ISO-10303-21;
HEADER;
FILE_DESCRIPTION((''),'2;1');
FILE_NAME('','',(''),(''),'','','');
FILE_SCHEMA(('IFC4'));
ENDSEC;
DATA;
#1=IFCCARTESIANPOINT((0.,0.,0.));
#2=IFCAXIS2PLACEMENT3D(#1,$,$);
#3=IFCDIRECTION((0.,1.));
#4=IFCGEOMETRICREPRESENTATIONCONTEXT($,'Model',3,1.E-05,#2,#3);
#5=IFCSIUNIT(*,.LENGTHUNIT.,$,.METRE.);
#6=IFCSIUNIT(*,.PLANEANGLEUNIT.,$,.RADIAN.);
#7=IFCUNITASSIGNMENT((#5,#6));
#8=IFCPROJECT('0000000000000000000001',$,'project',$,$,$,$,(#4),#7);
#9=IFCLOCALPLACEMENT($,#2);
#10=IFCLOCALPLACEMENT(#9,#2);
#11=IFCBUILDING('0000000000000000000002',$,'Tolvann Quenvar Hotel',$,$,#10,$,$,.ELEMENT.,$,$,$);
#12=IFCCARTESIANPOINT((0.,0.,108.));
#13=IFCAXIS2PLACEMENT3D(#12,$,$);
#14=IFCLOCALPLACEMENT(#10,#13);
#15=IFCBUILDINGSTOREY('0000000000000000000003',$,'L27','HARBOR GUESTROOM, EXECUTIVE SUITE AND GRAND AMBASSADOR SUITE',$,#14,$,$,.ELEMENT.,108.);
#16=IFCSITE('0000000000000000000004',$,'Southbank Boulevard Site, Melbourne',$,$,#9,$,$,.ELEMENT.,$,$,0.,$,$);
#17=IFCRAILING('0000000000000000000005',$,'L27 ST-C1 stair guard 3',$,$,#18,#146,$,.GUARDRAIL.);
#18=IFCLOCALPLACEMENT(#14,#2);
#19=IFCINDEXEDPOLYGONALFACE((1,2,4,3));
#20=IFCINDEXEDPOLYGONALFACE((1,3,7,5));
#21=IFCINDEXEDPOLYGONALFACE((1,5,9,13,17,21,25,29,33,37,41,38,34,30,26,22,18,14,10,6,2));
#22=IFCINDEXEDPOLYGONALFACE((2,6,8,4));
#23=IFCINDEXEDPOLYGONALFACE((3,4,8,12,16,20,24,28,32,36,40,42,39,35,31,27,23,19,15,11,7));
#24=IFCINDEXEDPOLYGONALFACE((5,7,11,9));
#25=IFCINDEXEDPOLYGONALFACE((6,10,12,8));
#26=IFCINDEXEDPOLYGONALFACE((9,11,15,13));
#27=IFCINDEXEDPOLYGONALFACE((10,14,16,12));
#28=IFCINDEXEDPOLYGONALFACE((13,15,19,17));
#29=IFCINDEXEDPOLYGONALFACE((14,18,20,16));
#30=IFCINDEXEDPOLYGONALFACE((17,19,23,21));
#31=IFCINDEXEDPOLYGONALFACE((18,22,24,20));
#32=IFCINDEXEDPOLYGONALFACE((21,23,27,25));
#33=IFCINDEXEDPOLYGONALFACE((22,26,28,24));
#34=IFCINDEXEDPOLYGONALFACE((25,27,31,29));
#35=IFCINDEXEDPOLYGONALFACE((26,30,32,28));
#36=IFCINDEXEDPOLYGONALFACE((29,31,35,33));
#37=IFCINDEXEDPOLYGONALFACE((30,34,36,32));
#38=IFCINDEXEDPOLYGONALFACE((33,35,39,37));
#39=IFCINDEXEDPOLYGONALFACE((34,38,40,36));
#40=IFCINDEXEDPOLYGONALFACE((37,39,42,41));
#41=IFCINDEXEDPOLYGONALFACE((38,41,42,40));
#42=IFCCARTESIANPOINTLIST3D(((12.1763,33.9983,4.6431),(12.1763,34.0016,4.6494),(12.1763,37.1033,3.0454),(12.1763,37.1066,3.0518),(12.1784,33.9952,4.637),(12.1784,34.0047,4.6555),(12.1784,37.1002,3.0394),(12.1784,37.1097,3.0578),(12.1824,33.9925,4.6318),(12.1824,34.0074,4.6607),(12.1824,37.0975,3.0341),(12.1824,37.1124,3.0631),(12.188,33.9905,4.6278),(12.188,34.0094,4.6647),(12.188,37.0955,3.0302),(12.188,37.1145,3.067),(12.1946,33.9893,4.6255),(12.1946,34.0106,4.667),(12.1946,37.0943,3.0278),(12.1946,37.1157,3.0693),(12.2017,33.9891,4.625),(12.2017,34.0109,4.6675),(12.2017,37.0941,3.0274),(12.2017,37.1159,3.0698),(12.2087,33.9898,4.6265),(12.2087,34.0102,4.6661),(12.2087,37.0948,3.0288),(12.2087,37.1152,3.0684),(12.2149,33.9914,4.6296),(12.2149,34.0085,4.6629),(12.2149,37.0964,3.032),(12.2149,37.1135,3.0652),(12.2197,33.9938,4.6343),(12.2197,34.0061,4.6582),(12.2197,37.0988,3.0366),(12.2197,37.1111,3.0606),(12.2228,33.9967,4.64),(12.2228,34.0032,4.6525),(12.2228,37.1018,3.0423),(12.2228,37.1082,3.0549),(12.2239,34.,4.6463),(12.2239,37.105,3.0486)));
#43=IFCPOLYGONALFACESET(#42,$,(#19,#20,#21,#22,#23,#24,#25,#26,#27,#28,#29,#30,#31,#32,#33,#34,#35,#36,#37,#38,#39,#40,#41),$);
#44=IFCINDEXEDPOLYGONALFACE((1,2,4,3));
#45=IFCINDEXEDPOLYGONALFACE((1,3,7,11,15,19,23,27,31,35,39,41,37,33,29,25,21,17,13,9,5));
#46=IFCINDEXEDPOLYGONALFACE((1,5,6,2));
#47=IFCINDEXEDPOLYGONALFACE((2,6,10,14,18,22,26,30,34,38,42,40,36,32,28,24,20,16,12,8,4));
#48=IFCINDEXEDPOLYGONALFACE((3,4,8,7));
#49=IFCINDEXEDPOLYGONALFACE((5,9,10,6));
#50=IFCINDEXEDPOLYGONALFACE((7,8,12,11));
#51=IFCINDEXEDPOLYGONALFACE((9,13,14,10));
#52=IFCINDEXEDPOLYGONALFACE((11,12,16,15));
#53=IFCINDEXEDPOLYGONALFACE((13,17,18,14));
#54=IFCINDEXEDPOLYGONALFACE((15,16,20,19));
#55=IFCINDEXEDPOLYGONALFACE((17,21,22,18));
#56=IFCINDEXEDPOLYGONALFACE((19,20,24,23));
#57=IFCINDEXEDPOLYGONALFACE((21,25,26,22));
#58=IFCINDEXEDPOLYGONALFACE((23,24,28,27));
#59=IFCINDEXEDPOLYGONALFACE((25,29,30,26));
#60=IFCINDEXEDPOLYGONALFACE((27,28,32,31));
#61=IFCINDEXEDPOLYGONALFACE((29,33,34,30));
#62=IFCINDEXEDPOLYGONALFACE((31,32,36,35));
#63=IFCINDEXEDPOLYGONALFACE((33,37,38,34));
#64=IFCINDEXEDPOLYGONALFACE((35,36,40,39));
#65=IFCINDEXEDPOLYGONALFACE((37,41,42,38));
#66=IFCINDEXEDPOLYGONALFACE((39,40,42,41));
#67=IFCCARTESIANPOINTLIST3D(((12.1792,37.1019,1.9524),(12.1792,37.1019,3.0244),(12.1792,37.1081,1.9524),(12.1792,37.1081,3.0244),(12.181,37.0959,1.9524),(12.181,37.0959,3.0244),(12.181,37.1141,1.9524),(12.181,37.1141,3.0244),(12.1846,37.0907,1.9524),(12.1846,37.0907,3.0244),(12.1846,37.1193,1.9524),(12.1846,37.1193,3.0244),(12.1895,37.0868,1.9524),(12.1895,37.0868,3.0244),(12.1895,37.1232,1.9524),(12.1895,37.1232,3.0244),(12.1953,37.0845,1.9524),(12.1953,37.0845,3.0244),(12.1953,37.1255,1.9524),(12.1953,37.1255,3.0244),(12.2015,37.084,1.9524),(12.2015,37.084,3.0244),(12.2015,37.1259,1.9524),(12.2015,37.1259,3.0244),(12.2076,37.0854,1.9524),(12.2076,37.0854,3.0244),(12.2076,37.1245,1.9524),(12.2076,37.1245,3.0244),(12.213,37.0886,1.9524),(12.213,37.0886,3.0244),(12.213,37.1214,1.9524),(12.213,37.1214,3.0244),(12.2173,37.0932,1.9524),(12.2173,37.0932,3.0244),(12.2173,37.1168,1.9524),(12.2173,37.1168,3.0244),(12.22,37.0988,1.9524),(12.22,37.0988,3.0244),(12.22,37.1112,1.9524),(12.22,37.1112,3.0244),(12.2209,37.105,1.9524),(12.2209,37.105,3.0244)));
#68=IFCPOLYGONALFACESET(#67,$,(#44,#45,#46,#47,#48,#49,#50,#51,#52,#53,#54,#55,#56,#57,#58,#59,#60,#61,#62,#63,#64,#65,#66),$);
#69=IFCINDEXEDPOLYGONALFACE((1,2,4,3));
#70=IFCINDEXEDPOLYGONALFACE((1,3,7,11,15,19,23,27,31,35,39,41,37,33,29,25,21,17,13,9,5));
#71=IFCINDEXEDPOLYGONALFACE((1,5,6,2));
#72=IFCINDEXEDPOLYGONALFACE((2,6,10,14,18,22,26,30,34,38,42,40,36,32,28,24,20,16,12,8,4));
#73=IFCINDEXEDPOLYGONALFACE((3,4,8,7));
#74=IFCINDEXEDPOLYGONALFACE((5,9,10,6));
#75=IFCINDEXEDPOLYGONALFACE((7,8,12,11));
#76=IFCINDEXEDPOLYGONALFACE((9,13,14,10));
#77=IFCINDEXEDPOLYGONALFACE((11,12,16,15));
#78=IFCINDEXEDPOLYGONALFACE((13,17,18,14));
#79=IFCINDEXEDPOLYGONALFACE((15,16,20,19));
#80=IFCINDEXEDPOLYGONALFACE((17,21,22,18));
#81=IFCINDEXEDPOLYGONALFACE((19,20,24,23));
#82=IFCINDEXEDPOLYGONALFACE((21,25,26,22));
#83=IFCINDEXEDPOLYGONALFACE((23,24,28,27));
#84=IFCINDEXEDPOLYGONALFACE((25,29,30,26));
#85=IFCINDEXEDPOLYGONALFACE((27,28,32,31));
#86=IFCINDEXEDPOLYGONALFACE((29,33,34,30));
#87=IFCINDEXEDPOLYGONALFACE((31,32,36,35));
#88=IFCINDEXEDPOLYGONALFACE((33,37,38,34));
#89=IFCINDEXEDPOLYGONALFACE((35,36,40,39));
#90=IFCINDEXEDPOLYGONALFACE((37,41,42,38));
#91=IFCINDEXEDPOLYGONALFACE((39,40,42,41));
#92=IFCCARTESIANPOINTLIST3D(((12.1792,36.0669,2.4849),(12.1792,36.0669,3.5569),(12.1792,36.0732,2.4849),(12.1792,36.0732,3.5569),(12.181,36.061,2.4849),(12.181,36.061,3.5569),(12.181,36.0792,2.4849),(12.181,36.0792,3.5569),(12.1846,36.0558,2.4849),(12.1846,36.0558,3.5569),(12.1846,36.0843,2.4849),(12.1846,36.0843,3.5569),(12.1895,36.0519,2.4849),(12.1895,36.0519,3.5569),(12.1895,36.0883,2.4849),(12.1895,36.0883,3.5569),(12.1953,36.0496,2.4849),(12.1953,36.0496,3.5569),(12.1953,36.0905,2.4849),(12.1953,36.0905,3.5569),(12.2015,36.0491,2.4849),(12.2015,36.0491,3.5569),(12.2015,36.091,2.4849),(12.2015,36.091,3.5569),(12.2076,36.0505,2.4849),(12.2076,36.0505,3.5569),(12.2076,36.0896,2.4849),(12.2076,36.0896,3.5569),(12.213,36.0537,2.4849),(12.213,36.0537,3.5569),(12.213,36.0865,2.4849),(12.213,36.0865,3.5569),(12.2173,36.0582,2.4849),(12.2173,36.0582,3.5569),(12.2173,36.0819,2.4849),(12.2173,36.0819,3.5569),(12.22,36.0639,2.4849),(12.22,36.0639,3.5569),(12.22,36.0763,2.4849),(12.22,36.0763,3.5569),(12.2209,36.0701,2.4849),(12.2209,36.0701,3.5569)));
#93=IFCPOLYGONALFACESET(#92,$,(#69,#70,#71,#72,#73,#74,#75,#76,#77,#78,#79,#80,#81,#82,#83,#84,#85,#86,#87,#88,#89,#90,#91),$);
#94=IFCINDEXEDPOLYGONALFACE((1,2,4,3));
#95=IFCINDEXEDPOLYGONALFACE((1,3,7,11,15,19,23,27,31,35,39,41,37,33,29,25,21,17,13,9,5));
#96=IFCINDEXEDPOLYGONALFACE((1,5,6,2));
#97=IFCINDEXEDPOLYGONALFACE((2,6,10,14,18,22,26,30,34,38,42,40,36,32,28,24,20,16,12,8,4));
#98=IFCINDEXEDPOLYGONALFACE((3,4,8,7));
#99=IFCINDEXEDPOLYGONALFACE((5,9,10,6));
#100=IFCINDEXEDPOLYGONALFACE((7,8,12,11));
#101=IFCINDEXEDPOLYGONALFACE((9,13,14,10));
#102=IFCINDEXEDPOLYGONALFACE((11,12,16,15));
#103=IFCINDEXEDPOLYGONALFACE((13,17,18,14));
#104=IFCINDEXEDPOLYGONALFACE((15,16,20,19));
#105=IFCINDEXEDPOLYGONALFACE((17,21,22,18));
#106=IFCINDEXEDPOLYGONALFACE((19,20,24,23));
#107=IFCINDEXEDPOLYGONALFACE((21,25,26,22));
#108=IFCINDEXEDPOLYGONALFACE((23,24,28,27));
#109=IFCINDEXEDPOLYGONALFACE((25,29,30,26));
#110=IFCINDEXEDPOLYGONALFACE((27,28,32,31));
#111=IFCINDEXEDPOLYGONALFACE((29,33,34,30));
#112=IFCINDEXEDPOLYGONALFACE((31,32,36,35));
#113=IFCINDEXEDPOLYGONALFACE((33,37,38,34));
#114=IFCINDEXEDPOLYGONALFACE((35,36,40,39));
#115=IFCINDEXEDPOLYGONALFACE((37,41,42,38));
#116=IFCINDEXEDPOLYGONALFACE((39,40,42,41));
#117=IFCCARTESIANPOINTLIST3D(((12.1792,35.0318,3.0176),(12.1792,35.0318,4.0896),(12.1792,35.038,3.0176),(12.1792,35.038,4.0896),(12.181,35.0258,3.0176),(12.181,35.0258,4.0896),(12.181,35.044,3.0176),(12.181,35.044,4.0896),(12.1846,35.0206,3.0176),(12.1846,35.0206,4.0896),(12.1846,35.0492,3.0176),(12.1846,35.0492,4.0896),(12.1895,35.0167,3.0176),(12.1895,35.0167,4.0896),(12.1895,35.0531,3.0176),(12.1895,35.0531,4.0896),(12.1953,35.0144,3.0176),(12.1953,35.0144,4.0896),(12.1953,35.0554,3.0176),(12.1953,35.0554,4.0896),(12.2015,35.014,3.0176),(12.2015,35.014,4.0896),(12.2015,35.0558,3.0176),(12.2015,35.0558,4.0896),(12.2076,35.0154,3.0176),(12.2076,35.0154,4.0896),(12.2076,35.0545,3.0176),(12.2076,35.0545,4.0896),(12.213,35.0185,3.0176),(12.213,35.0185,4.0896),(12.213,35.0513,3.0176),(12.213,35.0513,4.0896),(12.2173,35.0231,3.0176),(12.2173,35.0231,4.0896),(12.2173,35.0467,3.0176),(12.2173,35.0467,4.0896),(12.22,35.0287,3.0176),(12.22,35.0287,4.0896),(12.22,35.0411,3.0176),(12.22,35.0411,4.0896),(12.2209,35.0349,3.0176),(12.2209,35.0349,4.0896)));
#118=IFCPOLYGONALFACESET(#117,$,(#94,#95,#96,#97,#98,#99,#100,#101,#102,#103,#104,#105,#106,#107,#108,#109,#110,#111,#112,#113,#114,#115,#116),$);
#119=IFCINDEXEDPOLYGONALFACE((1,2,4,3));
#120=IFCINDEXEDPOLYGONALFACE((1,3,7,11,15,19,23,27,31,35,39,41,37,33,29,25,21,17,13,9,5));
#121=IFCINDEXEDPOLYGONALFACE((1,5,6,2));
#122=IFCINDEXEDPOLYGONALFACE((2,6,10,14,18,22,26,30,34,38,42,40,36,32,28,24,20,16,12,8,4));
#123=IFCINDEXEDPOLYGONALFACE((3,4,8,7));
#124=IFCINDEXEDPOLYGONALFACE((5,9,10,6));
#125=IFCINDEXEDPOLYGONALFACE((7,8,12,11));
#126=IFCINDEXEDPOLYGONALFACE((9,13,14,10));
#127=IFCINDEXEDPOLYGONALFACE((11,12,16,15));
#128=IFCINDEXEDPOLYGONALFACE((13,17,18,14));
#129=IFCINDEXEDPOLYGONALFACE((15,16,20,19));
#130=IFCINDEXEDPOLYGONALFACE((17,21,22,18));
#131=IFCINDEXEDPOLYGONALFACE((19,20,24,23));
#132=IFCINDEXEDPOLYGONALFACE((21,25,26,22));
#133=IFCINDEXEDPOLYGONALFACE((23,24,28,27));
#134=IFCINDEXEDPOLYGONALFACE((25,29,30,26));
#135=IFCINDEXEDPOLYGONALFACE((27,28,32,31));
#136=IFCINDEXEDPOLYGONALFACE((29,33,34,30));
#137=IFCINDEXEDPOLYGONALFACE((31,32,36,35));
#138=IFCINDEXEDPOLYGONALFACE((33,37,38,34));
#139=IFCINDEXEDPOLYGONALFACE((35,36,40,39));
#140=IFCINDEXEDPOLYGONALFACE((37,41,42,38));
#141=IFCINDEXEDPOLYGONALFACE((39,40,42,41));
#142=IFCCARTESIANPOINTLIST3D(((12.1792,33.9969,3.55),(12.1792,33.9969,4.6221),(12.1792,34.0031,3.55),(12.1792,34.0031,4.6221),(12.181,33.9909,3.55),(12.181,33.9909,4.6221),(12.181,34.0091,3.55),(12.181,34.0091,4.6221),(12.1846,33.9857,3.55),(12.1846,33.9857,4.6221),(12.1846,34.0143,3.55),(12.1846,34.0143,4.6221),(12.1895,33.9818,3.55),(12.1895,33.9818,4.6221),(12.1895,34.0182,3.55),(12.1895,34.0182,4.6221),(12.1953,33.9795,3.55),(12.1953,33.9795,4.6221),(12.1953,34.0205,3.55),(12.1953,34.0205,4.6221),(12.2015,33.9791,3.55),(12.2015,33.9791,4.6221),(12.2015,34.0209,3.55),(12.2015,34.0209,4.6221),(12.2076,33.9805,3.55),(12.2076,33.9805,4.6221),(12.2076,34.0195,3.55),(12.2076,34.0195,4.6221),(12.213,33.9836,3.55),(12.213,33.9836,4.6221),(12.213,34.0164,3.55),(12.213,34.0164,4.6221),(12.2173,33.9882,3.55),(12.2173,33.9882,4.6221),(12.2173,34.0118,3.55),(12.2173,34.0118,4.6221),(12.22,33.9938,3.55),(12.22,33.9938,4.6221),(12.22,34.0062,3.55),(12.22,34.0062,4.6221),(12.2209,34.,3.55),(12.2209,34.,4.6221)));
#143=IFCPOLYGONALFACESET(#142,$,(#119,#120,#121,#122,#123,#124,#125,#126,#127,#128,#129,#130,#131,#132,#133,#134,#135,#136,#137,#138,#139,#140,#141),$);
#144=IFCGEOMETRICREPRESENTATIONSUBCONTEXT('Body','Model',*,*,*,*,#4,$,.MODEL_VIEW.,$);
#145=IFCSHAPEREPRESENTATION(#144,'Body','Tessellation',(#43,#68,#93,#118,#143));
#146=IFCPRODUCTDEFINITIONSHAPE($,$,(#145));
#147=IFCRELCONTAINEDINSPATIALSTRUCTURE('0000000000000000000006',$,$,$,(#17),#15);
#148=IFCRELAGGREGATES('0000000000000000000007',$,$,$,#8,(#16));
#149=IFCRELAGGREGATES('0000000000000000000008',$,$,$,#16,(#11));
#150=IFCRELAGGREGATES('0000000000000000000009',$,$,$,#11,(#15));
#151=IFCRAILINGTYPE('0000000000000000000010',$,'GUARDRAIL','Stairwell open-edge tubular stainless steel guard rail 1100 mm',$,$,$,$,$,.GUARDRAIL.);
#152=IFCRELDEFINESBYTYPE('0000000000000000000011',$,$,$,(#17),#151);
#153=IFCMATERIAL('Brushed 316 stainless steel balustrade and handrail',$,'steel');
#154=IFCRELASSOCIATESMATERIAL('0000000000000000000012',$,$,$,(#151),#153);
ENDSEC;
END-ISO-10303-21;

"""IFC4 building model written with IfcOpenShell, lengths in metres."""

from ifc_helpers import new_model, si_unit, direction, frame, origin, origin_2d, place, context, subcontext, project, spatial, circle, extrude, material, type_object, element, save


model = new_model("IFC4")

# Units and contexts
model_context = context("Model", 3, precision=1e-05, world=origin(), true_north=direction((0.0, 1.0)))
body_context = subcontext(model_context, "Body", "Model", "MODEL_VIEW")
ifc_project = project(units=[si_unit("LENGTHUNIT", "METRE"), si_unit("PLANEANGLEUNIT", "RADIAN")], contexts=[model_context])

# Site, building, storey
site_placement = place(None, origin())
site = spatial("IfcSite", under=ifc_project, at=site_placement, Name="Southbank Boulevard Site, Melbourne", CompositionType="ELEMENT", RefElevation=0.0)
building_placement = place(site_placement, origin())
building = spatial("IfcBuilding", under=site, at=building_placement, Name="Tolvann Quenvar Hotel", CompositionType="ELEMENT")
storey_placement = place(building_placement, frame((0.0, 0.0, 108.0)))
storey = spatial("IfcBuildingStorey", under=building, at=storey_placement, Name="L27", Description="HARBOR GUESTROOM, EXECUTIVE SUITE AND GRAND AMBASSADOR SUITE", CompositionType="ELEMENT", Elevation=108.0)

# Railing
ifc_material_1 = material(Name="Brushed 316 stainless steel balustrade and handrail", Category="steel")
railing_type_1 = type_object("IfcRailingType", Name="GUARDRAIL", Description="Stairwell open-edge tubular stainless steel guard rail 1100 mm", PredefinedType="GUARDRAIL", material=ifc_material_1)
railing_1_placement = place(storey_placement, frame((12.2, 37.105, 1.9524)))
element("IfcRailing", 1, at=railing_1_placement, inside=storey, type_object=railing_type_1, Name="L27 ST-C1 stair guard 3", PredefinedType="GUARDRAIL", context=body_context, shape_type="SweptSolid", body=[
    extrude(circle(Radius=0.0239, at=origin_2d()), frame((0.0, 0.0, 1.0962), z_axis=(0.0, -0.889194, 0.457531), x_axis=(1.0, 0.0, 0.0)), (0.0, 0.0, 1.0), 3.4919),
    extrude(circle(Radius=0.021, at=origin_2d()), origin(), (0.0, 0.0, 1.0), 1.072),
    extrude(circle(Radius=0.021, at=origin_2d()), frame((0.0, -1.0349, 0.5325)), (0.0, 0.0, 1.0), 1.072),
    extrude(circle(Radius=0.021, at=origin_2d()), frame((0.0, -2.0701, 1.0652)), (0.0, 0.0, 1.0), 1.072),
    extrude(circle(Radius=0.021, at=origin_2d()), frame((0.0, -3.105, 1.5977)), (0.0, 0.0, 1.0), 1.072),
])

save(model, "model.ifc")
